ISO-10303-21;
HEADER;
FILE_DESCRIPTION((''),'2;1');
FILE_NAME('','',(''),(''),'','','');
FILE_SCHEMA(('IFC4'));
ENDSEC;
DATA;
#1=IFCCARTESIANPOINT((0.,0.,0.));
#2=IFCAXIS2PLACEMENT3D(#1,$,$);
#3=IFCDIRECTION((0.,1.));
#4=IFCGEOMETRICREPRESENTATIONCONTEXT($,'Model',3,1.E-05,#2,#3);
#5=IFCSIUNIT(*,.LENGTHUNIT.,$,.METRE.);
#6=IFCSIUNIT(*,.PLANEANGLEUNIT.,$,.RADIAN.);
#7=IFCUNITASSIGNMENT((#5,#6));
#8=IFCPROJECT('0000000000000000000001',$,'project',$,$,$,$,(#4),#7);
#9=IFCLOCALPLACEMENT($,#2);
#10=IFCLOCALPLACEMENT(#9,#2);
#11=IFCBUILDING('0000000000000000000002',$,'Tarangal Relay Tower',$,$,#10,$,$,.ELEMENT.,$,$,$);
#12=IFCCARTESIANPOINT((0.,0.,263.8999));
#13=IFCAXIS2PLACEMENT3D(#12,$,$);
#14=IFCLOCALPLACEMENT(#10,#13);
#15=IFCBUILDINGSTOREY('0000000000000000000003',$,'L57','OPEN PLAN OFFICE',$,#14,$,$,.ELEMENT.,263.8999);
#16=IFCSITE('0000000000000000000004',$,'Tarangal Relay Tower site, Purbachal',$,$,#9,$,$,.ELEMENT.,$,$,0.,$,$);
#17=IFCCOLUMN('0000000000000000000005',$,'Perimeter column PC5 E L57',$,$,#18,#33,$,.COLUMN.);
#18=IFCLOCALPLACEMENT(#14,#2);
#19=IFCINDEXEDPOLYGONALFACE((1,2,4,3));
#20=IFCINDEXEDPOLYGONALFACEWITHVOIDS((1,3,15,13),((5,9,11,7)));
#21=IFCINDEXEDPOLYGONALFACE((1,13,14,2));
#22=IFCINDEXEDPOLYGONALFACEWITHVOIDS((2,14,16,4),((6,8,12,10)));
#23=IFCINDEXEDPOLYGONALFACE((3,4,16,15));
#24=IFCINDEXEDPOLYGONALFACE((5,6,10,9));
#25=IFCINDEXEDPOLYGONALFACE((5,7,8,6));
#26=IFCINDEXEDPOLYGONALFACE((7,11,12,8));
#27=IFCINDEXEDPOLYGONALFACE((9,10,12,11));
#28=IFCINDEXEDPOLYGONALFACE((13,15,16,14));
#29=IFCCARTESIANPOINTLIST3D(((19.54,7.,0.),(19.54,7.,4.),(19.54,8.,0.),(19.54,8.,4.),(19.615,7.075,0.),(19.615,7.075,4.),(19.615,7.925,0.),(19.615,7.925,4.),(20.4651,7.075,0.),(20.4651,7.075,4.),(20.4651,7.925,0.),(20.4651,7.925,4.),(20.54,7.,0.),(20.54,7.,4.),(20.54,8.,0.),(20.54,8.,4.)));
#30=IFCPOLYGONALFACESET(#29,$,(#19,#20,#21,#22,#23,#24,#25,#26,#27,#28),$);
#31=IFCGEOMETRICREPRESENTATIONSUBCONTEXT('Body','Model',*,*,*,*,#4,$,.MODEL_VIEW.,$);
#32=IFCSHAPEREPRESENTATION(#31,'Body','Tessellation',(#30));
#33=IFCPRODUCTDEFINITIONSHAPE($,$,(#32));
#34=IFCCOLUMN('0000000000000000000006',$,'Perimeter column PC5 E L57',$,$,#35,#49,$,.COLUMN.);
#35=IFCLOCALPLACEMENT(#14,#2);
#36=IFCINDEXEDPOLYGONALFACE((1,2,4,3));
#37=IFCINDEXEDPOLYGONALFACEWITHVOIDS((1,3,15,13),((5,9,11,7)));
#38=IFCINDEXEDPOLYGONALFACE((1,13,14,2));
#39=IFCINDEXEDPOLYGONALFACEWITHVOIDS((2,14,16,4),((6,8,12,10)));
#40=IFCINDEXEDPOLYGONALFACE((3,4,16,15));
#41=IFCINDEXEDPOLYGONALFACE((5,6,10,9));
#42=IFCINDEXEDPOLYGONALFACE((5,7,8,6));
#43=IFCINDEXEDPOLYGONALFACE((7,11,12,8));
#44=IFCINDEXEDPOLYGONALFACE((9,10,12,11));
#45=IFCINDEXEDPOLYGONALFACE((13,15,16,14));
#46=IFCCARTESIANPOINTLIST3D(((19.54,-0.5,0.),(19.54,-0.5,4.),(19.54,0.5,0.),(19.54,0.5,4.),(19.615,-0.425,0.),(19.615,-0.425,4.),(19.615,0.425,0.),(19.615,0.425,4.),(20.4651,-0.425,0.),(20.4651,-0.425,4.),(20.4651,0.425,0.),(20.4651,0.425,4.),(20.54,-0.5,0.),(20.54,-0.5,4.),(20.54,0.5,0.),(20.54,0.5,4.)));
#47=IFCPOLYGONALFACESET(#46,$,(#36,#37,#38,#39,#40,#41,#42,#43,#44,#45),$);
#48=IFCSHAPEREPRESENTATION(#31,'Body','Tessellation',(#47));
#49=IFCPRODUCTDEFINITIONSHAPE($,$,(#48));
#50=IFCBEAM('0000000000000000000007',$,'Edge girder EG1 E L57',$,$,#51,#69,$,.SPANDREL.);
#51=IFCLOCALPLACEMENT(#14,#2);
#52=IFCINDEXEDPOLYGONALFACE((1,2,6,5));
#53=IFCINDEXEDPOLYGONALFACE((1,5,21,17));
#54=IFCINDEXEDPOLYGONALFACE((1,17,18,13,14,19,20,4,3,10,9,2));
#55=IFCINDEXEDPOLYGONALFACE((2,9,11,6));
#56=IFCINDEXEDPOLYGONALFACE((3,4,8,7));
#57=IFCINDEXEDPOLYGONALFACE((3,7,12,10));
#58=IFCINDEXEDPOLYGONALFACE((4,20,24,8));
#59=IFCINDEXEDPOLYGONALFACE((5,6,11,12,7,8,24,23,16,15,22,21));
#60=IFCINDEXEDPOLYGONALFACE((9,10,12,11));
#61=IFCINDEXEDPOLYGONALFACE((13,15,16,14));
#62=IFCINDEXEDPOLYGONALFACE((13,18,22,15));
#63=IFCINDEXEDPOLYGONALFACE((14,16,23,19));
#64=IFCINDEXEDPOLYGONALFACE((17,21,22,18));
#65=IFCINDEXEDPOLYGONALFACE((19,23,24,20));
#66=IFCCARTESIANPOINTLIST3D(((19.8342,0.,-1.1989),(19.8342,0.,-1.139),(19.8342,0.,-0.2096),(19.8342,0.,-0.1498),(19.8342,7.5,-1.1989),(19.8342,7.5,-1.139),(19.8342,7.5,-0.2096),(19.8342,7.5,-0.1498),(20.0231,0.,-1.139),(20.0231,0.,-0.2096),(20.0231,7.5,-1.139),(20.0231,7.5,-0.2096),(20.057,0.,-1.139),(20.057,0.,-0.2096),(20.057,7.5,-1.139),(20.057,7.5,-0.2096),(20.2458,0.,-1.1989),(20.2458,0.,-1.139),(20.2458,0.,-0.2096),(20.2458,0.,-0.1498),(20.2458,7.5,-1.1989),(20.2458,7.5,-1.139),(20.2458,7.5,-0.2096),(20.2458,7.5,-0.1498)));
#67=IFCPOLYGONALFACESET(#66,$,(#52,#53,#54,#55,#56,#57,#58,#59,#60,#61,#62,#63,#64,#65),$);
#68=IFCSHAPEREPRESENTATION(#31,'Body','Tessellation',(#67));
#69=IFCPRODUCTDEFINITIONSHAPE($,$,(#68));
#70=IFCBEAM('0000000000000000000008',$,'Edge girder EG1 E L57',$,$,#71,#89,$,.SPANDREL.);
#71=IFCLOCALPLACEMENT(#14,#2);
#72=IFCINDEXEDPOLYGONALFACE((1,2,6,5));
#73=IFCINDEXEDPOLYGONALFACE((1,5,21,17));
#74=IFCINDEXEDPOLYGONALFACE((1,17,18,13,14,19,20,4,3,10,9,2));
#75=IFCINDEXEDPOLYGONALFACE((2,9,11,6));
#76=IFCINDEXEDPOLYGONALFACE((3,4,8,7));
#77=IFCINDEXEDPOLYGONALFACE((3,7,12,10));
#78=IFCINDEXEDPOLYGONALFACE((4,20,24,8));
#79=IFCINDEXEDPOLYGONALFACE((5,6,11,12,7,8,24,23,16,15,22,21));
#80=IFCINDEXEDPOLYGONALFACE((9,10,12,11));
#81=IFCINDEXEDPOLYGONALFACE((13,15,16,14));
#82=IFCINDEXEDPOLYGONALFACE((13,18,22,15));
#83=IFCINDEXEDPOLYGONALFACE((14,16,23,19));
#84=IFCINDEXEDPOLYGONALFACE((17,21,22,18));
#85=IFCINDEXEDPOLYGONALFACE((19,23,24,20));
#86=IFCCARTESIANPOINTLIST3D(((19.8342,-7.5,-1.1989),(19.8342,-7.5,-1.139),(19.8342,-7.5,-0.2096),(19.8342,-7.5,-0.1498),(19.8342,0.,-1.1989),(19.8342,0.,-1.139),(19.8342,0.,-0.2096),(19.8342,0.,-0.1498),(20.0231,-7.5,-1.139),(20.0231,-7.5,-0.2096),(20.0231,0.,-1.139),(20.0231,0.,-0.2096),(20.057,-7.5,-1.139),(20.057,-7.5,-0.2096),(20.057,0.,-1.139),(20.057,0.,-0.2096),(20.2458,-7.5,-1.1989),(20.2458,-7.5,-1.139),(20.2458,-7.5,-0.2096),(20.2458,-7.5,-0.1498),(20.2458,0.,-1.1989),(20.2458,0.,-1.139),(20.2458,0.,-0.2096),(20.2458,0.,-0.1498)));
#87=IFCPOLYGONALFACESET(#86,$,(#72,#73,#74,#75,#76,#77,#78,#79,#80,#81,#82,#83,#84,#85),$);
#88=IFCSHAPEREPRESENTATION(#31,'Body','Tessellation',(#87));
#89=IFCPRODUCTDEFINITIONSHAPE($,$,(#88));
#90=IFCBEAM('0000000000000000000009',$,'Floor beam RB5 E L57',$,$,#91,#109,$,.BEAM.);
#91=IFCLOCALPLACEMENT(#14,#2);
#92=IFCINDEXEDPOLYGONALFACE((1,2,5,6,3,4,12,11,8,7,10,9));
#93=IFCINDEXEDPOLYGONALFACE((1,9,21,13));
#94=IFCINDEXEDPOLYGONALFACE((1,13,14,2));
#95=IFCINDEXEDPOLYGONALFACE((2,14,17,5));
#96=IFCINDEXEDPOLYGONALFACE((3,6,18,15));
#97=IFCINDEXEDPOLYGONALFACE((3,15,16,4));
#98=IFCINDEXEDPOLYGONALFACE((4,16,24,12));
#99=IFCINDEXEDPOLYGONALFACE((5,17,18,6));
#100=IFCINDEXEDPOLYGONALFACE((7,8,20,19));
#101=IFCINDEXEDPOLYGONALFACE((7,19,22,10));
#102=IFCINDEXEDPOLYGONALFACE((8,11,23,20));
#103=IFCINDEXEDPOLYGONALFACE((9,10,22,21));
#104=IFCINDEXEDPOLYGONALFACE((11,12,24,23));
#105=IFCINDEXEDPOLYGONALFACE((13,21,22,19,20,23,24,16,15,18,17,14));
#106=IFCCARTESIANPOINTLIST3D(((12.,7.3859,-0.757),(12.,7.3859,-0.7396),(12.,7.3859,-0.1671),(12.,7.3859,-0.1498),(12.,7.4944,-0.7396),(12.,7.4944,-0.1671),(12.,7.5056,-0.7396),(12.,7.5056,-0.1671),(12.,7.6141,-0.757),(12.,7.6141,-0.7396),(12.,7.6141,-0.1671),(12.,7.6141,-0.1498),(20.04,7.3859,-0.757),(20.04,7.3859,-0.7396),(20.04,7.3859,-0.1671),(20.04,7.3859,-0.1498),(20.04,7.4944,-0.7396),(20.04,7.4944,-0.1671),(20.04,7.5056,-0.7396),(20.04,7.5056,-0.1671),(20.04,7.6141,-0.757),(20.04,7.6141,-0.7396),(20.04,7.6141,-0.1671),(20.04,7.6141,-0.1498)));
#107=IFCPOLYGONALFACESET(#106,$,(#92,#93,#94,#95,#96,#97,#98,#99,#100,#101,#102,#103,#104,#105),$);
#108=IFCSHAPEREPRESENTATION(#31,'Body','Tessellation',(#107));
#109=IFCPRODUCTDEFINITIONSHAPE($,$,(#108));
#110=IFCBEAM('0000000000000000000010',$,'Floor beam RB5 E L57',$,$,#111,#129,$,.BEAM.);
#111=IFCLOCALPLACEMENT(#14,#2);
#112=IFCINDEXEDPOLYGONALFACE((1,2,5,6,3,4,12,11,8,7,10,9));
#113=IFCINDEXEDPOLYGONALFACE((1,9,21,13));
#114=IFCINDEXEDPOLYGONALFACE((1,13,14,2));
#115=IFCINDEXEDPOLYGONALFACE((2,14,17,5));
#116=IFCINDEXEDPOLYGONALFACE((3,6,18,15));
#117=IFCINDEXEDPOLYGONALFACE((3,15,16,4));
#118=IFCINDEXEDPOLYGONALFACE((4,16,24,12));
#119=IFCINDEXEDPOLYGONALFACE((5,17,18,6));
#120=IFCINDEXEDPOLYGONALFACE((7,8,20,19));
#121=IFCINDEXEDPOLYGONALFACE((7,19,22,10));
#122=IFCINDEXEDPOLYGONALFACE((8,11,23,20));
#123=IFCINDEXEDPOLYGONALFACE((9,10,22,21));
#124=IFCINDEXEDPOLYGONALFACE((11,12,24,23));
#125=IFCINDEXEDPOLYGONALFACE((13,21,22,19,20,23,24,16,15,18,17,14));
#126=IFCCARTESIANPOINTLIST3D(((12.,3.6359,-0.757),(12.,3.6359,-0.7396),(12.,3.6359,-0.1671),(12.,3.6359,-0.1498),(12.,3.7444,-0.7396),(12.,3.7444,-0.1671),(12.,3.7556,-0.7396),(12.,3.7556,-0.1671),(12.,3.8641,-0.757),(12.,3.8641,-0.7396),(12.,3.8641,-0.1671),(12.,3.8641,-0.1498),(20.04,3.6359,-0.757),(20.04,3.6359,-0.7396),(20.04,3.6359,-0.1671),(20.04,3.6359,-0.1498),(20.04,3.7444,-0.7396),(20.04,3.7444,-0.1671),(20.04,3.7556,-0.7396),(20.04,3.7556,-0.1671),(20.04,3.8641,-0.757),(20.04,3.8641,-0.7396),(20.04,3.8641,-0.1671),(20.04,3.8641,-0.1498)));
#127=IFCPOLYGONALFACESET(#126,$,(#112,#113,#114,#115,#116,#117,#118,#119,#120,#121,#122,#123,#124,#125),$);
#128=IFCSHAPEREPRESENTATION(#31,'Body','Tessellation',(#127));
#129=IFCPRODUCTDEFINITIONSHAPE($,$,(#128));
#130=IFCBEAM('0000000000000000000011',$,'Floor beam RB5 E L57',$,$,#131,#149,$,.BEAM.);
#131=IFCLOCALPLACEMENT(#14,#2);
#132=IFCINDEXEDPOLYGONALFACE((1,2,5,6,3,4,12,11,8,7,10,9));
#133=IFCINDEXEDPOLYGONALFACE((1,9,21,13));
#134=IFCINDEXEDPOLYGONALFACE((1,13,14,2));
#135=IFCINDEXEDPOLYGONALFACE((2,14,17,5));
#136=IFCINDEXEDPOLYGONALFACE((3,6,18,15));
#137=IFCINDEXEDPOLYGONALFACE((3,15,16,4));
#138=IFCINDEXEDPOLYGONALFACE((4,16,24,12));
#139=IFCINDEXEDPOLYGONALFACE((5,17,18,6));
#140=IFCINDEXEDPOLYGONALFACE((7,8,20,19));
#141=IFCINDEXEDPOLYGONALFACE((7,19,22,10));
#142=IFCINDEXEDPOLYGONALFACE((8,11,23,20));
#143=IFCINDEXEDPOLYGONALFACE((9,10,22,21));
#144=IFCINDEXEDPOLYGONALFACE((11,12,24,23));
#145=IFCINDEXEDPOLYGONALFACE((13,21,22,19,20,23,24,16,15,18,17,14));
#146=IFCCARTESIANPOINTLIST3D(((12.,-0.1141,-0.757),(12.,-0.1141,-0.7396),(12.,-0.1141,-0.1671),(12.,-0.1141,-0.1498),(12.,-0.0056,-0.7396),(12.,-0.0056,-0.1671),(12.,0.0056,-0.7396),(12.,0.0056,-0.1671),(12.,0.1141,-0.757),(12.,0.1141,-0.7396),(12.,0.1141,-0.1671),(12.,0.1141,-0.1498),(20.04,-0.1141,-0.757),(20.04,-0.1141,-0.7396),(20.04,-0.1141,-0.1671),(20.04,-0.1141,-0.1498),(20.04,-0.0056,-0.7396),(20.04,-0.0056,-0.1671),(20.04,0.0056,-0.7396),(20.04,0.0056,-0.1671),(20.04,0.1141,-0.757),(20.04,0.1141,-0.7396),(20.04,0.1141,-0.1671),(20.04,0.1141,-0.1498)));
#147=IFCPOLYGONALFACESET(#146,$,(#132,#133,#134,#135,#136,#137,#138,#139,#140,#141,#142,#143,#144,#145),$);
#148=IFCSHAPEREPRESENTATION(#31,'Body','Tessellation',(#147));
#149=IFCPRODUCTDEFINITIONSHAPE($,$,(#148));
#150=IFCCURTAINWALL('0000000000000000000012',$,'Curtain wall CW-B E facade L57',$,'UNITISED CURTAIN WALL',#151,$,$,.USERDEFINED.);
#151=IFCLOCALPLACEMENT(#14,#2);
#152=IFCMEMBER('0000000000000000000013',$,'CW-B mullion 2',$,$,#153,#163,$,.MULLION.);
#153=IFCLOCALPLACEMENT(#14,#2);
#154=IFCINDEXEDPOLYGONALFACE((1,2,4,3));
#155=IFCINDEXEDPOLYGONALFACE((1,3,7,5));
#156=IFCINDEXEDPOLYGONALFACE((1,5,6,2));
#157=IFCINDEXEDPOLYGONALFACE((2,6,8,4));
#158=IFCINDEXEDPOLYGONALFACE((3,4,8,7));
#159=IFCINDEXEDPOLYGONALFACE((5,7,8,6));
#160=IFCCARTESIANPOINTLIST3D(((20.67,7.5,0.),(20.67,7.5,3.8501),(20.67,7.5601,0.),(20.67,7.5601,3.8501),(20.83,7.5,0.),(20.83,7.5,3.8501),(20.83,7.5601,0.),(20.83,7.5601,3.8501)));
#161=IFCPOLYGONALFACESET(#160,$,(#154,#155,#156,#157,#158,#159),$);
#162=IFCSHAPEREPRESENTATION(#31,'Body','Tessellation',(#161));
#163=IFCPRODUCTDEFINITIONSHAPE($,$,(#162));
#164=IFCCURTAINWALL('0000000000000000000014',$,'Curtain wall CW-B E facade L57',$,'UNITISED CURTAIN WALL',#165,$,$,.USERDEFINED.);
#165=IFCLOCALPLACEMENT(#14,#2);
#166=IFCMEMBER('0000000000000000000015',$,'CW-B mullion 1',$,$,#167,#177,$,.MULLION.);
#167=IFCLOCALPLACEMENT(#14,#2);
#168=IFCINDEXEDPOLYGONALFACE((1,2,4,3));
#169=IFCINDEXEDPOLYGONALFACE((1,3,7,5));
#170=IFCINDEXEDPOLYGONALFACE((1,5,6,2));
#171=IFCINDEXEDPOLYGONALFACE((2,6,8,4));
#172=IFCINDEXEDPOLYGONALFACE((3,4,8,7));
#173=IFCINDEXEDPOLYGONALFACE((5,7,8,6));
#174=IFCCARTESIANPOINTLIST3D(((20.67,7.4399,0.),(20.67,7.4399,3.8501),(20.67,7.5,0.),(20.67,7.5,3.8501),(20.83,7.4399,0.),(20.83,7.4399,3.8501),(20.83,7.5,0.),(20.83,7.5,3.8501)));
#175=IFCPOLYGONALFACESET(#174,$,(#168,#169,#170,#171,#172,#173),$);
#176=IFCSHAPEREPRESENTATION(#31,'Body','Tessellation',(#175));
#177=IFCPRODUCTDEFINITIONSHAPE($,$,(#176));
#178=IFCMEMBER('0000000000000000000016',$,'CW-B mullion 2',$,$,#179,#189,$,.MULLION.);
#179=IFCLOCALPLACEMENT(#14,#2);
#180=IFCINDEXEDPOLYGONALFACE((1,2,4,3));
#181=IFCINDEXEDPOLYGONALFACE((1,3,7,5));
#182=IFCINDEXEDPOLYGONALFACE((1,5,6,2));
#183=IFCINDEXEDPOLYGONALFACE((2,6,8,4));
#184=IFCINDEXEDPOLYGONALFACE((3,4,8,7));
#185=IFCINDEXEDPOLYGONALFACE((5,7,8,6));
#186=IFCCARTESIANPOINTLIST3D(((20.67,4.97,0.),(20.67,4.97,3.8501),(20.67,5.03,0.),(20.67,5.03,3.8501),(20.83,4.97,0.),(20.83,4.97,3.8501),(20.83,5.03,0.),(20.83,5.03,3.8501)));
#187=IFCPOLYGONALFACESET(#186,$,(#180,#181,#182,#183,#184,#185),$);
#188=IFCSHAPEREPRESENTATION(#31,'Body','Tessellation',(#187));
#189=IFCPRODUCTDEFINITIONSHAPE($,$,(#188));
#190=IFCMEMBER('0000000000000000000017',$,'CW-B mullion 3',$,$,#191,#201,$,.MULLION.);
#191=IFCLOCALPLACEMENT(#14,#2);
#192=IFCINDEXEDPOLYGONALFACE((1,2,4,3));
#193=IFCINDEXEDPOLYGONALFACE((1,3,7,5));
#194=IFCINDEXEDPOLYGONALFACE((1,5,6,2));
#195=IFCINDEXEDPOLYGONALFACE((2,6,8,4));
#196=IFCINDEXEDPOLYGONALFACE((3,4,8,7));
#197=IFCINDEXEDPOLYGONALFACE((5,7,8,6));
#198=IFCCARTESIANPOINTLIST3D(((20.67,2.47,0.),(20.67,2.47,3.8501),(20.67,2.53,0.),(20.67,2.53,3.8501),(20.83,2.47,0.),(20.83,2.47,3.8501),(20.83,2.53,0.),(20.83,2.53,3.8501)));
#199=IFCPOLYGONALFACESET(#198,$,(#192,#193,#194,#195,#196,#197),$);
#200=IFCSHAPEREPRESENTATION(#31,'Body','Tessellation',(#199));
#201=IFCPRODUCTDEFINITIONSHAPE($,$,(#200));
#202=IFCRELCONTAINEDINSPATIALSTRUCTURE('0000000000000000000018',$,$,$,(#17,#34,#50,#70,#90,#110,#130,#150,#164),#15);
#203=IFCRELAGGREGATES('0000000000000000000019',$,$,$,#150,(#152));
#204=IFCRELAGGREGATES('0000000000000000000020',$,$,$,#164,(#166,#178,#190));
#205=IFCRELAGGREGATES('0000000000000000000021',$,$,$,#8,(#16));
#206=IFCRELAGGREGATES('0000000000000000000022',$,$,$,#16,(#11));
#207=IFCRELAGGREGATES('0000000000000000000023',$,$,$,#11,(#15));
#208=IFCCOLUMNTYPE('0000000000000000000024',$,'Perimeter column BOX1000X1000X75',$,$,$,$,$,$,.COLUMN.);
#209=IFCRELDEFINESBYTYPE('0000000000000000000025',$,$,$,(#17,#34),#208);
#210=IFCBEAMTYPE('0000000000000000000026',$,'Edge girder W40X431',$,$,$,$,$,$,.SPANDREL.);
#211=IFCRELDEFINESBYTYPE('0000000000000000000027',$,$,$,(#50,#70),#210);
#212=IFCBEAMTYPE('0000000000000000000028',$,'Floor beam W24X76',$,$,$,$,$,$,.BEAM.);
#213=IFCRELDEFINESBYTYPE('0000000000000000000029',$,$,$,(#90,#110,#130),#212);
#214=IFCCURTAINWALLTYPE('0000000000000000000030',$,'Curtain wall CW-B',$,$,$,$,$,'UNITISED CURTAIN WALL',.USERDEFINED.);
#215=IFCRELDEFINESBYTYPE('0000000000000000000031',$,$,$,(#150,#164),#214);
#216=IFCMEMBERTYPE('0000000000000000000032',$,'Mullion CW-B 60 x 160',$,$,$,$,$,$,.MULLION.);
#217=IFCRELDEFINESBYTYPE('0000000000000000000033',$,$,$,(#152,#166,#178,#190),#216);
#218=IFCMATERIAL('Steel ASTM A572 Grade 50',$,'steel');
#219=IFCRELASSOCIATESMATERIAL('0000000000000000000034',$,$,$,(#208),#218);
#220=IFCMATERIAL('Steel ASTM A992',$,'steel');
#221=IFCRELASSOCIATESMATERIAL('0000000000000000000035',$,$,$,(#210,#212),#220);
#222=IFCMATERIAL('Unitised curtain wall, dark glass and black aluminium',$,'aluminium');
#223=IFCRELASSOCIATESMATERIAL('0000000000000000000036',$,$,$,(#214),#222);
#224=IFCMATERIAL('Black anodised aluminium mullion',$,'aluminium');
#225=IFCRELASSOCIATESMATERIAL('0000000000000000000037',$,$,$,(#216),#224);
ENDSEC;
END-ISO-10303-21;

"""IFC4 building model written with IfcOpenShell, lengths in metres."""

from ifc_helpers import new_model, si_unit, direction, frame, origin, origin_2d, place, context, subcontext, project, spatial, rectangle, hollow_rectangle, i_section, extrude, material, material_profile, profile_set, type_object, element, aggregate, save


model = new_model("IFC4")

# Units and contexts
model_context = context("Model", 3, precision=1e-05, world=origin(), true_north=direction((0.0, 1.0)))
body_context = subcontext(model_context, "Body", "Model", "MODEL_VIEW")
ifc_project = project(units=[si_unit("LENGTHUNIT", "METRE"), si_unit("PLANEANGLEUNIT", "RADIAN")], contexts=[model_context])

# Site, building, storey
site_placement = place(None, origin())
site = spatial("IfcSite", under=ifc_project, at=site_placement, Name="Tarangal Relay Tower site, Purbachal", CompositionType="ELEMENT", RefElevation=0.0)
building_placement = place(site_placement, origin())
building = spatial("IfcBuilding", under=site, at=building_placement, Name="Tarangal Relay Tower", CompositionType="ELEMENT")
storey_placement = place(building_placement, frame((0.0, 0.0, 263.8999)))
storey = spatial("IfcBuildingStorey", under=building, at=storey_placement, Name="L57", Description="OPEN PLAN OFFICE", CompositionType="ELEMENT", Elevation=263.8999)

# Columns
ifc_material_1 = material(Name="Steel ASTM A572 Grade 50", Category="steel")
ifc_material_profile_1 = material_profile(ifc_material_1, hollow_rectangle(XDim=1.0, YDim=1.0, WallThickness=0.075, at=origin_2d()), Name="BOX1000X1000X75")
ifc_profile_set_1 = profile_set([ifc_material_profile_1], Name="Steel ASTM A572 Grade 50")
column_type = type_object("IfcColumnType", Name="Perimeter column BOX1000X1000X75", PredefinedType="COLUMN", material=ifc_profile_set_1)
for number, where, z_axis, x_axis, name in (
    (1, (20.04, 7.5, 0.0), (0.0, 0.0, 1.0), (1.0, 0.0, 0.0), "Perimeter column PC5 E L57"),
    (2, (20.04, 0.0, 0.0), (0.0, 0.0, 1.0), (1.0, 0.0, 0.0), "Perimeter column PC5 E L57"),
):
    element("IfcColumn", number, at=place(storey_placement, frame(where, z_axis=z_axis, x_axis=x_axis)), inside=storey, type_object=column_type, Name=name, PredefinedType="COLUMN", context=body_context, shape_type="SweptSolid", body=[
        extrude(hollow_rectangle(XDim=1.0, YDim=1.0, WallThickness=0.075, at=origin_2d()), origin(), (0.0, 0.0, 1.0), 4.0),
    ])

# Beams
ifc_material_2 = material(Name="Steel ASTM A992", Category="steel")
ifc_material_profile_2 = material_profile(ifc_material_2, i_section(OverallWidth=0.4116, OverallDepth=1.0491, WebThickness=0.0339, FlangeThickness=0.0598, at=origin_2d()), Name="W40X431")
ifc_profile_set_2 = profile_set([ifc_material_profile_2], Name="Steel ASTM A992")
beam_type_1 = type_object("IfcBeamType", Name="Edge girder W40X431", PredefinedType="SPANDREL", material=ifc_profile_set_2)
for number, where, z_axis, x_axis, name in (
    (3, (20.04, 7.5, -0.6743), (0.0, -1.0, 0.0), (1.0, 0.0, 0.0), "Edge girder EG1 E L57"),
    (4, (20.04, 0.0, -0.6743), (0.0, -1.0, 0.0), (1.0, 0.0, 0.0), "Edge girder EG1 E L57"),
):
    element("IfcBeam", number, at=place(storey_placement, frame(where, z_axis=z_axis, x_axis=x_axis)), inside=storey, type_object=beam_type_1, Name=name, PredefinedType="SPANDREL", context=body_context, shape_type="SweptSolid", body=[
        extrude(i_section(OverallWidth=0.4116, OverallDepth=1.0491, WebThickness=0.0339, FlangeThickness=0.0598, at=origin_2d()), origin(), (0.0, 0.0, 1.0), 7.5),
    ])
ifc_material_profile_3 = material_profile(ifc_material_2, i_section(OverallWidth=0.2283, OverallDepth=0.6072, WebThickness=0.0112, FlangeThickness=0.0173, at=origin_2d()), Name="W24X76")
ifc_profile_set_3 = profile_set([ifc_material_profile_3], Name="Steel ASTM A992")
beam_type_2 = type_object("IfcBeamType", Name="Floor beam W24X76", PredefinedType="BEAM", material=ifc_profile_set_3)
for number, where, z_axis, x_axis, name in (
    (5, (12.0, 7.5, -0.4534), (1.0, 0.0, 0.0), (0.0, 1.0, 0.0), "Floor beam RB5 E L57"),
    (6, (12.0, 3.75, -0.4534), (1.0, 0.0, 0.0), (0.0, 1.0, 0.0), "Floor beam RB5 E L57"),
    (7, (12.0, 0.0, -0.4534), (1.0, 0.0, 0.0), (0.0, 1.0, 0.0), "Floor beam RB5 E L57"),
):
    element("IfcBeam", number, at=place(storey_placement, frame(where, z_axis=z_axis, x_axis=x_axis)), inside=storey, type_object=beam_type_2, Name=name, PredefinedType="BEAM", context=body_context, shape_type="SweptSolid", body=[
        extrude(i_section(OverallWidth=0.2283, OverallDepth=0.6072, WebThickness=0.0112, FlangeThickness=0.0173, at=origin_2d()), origin(), (0.0, 0.0, 1.0), 8.04),
    ])

# Curtain wall, member
ifc_material_3 = material(Name="Unitised curtain wall, dark glass and black aluminium", Category="aluminium")
curtain_wall_type = type_object("IfcCurtainWallType", Name="Curtain wall CW-B", ElementType="UNITISED CURTAIN WALL", PredefinedType="USERDEFINED", material=ifc_material_3)
curtain_wall_1_placement = place(storey_placement, origin())
curtain_wall_1 = element("IfcCurtainWall", 8, at=curtain_wall_1_placement, inside=storey, type_object=curtain_wall_type, Name="Curtain wall CW-B E facade L57", ObjectType="UNITISED CURTAIN WALL", PredefinedType="USERDEFINED")
ifc_material_4 = material(Name="Black anodised aluminium mullion", Category="aluminium")
ifc_material_profile_4 = material_profile(ifc_material_4, rectangle(XDim=0.1599, YDim=0.0601, at=origin_2d()), Name="CW-BM 60X160")
ifc_profile_set_4 = profile_set([ifc_material_profile_4], Name="Black anodised aluminium mullion")
member_type_1 = type_object("IfcMemberType", Name="Mullion CW-B 60 x 160", PredefinedType="MULLION", material=ifc_profile_set_4)
member_1_placement = place(storey_placement, frame((20.75, 7.53, 0.0), z_axis=(0.0, 0.0, 1.0), x_axis=(1.0, 0.0, 0.0)))
member_1 = element("IfcMember", 9, at=member_1_placement, type_object=member_type_1, Name="CW-B mullion 2", PredefinedType="MULLION", context=body_context, shape_type="SweptSolid", body=[
    extrude(rectangle(XDim=0.1599, YDim=0.0601, at=origin_2d()), origin(), (0.0, 0.0, 1.0), 3.8501),
])

# Curtain wall, members
curtain_wall_2_placement = place(storey_placement, origin())
curtain_wall_2 = element("IfcCurtainWall", 10, at=curtain_wall_2_placement, inside=storey, type_object=curtain_wall_type, Name="Curtain wall CW-B E facade L57", ObjectType="UNITISED CURTAIN WALL", PredefinedType="USERDEFINED")
member_2_placement = place(storey_placement, frame((20.75, 7.47, 0.0), z_axis=(0.0, 0.0, 1.0), x_axis=(1.0, 0.0, 0.0)))
member_2 = element("IfcMember", 11, at=member_2_placement, type_object=member_type_1, Name="CW-B mullion 1", PredefinedType="MULLION", context=body_context, shape_type="SweptSolid", body=[
    extrude(rectangle(XDim=0.1599, YDim=0.0601, at=origin_2d()), origin(), (0.0, 0.0, 1.0), 3.8501),
])
member_3_placement = place(storey_placement, frame((20.75, 5.0, 0.0), z_axis=(0.0, 0.0, 1.0), x_axis=(1.0, 0.0, 0.0)))
member_3 = element("IfcMember", 12, at=member_3_placement, type_object=member_type_1, Name="CW-B mullion 2", PredefinedType="MULLION", context=body_context, shape_type="SweptSolid", body=[
    extrude(rectangle(XDim=0.1599, YDim=0.0601, at=origin_2d()), origin(), (0.0, 0.0, 1.0), 3.8501),
])
member_4_placement = place(storey_placement, frame((20.75, 2.5, 0.0), z_axis=(0.0, 0.0, 1.0), x_axis=(1.0, 0.0, 0.0)))
member_4 = element("IfcMember", 13, at=member_4_placement, type_object=member_type_1, Name="CW-B mullion 3", PredefinedType="MULLION", context=body_context, shape_type="SweptSolid", body=[
    extrude(rectangle(XDim=0.1599, YDim=0.0601, at=origin_2d()), origin(), (0.0, 0.0, 1.0), 3.8501),
])

aggregate(curtain_wall_1, [member_1])
aggregate(curtain_wall_2, [member_2, member_3, member_4])

save(model, "model.ifc")
